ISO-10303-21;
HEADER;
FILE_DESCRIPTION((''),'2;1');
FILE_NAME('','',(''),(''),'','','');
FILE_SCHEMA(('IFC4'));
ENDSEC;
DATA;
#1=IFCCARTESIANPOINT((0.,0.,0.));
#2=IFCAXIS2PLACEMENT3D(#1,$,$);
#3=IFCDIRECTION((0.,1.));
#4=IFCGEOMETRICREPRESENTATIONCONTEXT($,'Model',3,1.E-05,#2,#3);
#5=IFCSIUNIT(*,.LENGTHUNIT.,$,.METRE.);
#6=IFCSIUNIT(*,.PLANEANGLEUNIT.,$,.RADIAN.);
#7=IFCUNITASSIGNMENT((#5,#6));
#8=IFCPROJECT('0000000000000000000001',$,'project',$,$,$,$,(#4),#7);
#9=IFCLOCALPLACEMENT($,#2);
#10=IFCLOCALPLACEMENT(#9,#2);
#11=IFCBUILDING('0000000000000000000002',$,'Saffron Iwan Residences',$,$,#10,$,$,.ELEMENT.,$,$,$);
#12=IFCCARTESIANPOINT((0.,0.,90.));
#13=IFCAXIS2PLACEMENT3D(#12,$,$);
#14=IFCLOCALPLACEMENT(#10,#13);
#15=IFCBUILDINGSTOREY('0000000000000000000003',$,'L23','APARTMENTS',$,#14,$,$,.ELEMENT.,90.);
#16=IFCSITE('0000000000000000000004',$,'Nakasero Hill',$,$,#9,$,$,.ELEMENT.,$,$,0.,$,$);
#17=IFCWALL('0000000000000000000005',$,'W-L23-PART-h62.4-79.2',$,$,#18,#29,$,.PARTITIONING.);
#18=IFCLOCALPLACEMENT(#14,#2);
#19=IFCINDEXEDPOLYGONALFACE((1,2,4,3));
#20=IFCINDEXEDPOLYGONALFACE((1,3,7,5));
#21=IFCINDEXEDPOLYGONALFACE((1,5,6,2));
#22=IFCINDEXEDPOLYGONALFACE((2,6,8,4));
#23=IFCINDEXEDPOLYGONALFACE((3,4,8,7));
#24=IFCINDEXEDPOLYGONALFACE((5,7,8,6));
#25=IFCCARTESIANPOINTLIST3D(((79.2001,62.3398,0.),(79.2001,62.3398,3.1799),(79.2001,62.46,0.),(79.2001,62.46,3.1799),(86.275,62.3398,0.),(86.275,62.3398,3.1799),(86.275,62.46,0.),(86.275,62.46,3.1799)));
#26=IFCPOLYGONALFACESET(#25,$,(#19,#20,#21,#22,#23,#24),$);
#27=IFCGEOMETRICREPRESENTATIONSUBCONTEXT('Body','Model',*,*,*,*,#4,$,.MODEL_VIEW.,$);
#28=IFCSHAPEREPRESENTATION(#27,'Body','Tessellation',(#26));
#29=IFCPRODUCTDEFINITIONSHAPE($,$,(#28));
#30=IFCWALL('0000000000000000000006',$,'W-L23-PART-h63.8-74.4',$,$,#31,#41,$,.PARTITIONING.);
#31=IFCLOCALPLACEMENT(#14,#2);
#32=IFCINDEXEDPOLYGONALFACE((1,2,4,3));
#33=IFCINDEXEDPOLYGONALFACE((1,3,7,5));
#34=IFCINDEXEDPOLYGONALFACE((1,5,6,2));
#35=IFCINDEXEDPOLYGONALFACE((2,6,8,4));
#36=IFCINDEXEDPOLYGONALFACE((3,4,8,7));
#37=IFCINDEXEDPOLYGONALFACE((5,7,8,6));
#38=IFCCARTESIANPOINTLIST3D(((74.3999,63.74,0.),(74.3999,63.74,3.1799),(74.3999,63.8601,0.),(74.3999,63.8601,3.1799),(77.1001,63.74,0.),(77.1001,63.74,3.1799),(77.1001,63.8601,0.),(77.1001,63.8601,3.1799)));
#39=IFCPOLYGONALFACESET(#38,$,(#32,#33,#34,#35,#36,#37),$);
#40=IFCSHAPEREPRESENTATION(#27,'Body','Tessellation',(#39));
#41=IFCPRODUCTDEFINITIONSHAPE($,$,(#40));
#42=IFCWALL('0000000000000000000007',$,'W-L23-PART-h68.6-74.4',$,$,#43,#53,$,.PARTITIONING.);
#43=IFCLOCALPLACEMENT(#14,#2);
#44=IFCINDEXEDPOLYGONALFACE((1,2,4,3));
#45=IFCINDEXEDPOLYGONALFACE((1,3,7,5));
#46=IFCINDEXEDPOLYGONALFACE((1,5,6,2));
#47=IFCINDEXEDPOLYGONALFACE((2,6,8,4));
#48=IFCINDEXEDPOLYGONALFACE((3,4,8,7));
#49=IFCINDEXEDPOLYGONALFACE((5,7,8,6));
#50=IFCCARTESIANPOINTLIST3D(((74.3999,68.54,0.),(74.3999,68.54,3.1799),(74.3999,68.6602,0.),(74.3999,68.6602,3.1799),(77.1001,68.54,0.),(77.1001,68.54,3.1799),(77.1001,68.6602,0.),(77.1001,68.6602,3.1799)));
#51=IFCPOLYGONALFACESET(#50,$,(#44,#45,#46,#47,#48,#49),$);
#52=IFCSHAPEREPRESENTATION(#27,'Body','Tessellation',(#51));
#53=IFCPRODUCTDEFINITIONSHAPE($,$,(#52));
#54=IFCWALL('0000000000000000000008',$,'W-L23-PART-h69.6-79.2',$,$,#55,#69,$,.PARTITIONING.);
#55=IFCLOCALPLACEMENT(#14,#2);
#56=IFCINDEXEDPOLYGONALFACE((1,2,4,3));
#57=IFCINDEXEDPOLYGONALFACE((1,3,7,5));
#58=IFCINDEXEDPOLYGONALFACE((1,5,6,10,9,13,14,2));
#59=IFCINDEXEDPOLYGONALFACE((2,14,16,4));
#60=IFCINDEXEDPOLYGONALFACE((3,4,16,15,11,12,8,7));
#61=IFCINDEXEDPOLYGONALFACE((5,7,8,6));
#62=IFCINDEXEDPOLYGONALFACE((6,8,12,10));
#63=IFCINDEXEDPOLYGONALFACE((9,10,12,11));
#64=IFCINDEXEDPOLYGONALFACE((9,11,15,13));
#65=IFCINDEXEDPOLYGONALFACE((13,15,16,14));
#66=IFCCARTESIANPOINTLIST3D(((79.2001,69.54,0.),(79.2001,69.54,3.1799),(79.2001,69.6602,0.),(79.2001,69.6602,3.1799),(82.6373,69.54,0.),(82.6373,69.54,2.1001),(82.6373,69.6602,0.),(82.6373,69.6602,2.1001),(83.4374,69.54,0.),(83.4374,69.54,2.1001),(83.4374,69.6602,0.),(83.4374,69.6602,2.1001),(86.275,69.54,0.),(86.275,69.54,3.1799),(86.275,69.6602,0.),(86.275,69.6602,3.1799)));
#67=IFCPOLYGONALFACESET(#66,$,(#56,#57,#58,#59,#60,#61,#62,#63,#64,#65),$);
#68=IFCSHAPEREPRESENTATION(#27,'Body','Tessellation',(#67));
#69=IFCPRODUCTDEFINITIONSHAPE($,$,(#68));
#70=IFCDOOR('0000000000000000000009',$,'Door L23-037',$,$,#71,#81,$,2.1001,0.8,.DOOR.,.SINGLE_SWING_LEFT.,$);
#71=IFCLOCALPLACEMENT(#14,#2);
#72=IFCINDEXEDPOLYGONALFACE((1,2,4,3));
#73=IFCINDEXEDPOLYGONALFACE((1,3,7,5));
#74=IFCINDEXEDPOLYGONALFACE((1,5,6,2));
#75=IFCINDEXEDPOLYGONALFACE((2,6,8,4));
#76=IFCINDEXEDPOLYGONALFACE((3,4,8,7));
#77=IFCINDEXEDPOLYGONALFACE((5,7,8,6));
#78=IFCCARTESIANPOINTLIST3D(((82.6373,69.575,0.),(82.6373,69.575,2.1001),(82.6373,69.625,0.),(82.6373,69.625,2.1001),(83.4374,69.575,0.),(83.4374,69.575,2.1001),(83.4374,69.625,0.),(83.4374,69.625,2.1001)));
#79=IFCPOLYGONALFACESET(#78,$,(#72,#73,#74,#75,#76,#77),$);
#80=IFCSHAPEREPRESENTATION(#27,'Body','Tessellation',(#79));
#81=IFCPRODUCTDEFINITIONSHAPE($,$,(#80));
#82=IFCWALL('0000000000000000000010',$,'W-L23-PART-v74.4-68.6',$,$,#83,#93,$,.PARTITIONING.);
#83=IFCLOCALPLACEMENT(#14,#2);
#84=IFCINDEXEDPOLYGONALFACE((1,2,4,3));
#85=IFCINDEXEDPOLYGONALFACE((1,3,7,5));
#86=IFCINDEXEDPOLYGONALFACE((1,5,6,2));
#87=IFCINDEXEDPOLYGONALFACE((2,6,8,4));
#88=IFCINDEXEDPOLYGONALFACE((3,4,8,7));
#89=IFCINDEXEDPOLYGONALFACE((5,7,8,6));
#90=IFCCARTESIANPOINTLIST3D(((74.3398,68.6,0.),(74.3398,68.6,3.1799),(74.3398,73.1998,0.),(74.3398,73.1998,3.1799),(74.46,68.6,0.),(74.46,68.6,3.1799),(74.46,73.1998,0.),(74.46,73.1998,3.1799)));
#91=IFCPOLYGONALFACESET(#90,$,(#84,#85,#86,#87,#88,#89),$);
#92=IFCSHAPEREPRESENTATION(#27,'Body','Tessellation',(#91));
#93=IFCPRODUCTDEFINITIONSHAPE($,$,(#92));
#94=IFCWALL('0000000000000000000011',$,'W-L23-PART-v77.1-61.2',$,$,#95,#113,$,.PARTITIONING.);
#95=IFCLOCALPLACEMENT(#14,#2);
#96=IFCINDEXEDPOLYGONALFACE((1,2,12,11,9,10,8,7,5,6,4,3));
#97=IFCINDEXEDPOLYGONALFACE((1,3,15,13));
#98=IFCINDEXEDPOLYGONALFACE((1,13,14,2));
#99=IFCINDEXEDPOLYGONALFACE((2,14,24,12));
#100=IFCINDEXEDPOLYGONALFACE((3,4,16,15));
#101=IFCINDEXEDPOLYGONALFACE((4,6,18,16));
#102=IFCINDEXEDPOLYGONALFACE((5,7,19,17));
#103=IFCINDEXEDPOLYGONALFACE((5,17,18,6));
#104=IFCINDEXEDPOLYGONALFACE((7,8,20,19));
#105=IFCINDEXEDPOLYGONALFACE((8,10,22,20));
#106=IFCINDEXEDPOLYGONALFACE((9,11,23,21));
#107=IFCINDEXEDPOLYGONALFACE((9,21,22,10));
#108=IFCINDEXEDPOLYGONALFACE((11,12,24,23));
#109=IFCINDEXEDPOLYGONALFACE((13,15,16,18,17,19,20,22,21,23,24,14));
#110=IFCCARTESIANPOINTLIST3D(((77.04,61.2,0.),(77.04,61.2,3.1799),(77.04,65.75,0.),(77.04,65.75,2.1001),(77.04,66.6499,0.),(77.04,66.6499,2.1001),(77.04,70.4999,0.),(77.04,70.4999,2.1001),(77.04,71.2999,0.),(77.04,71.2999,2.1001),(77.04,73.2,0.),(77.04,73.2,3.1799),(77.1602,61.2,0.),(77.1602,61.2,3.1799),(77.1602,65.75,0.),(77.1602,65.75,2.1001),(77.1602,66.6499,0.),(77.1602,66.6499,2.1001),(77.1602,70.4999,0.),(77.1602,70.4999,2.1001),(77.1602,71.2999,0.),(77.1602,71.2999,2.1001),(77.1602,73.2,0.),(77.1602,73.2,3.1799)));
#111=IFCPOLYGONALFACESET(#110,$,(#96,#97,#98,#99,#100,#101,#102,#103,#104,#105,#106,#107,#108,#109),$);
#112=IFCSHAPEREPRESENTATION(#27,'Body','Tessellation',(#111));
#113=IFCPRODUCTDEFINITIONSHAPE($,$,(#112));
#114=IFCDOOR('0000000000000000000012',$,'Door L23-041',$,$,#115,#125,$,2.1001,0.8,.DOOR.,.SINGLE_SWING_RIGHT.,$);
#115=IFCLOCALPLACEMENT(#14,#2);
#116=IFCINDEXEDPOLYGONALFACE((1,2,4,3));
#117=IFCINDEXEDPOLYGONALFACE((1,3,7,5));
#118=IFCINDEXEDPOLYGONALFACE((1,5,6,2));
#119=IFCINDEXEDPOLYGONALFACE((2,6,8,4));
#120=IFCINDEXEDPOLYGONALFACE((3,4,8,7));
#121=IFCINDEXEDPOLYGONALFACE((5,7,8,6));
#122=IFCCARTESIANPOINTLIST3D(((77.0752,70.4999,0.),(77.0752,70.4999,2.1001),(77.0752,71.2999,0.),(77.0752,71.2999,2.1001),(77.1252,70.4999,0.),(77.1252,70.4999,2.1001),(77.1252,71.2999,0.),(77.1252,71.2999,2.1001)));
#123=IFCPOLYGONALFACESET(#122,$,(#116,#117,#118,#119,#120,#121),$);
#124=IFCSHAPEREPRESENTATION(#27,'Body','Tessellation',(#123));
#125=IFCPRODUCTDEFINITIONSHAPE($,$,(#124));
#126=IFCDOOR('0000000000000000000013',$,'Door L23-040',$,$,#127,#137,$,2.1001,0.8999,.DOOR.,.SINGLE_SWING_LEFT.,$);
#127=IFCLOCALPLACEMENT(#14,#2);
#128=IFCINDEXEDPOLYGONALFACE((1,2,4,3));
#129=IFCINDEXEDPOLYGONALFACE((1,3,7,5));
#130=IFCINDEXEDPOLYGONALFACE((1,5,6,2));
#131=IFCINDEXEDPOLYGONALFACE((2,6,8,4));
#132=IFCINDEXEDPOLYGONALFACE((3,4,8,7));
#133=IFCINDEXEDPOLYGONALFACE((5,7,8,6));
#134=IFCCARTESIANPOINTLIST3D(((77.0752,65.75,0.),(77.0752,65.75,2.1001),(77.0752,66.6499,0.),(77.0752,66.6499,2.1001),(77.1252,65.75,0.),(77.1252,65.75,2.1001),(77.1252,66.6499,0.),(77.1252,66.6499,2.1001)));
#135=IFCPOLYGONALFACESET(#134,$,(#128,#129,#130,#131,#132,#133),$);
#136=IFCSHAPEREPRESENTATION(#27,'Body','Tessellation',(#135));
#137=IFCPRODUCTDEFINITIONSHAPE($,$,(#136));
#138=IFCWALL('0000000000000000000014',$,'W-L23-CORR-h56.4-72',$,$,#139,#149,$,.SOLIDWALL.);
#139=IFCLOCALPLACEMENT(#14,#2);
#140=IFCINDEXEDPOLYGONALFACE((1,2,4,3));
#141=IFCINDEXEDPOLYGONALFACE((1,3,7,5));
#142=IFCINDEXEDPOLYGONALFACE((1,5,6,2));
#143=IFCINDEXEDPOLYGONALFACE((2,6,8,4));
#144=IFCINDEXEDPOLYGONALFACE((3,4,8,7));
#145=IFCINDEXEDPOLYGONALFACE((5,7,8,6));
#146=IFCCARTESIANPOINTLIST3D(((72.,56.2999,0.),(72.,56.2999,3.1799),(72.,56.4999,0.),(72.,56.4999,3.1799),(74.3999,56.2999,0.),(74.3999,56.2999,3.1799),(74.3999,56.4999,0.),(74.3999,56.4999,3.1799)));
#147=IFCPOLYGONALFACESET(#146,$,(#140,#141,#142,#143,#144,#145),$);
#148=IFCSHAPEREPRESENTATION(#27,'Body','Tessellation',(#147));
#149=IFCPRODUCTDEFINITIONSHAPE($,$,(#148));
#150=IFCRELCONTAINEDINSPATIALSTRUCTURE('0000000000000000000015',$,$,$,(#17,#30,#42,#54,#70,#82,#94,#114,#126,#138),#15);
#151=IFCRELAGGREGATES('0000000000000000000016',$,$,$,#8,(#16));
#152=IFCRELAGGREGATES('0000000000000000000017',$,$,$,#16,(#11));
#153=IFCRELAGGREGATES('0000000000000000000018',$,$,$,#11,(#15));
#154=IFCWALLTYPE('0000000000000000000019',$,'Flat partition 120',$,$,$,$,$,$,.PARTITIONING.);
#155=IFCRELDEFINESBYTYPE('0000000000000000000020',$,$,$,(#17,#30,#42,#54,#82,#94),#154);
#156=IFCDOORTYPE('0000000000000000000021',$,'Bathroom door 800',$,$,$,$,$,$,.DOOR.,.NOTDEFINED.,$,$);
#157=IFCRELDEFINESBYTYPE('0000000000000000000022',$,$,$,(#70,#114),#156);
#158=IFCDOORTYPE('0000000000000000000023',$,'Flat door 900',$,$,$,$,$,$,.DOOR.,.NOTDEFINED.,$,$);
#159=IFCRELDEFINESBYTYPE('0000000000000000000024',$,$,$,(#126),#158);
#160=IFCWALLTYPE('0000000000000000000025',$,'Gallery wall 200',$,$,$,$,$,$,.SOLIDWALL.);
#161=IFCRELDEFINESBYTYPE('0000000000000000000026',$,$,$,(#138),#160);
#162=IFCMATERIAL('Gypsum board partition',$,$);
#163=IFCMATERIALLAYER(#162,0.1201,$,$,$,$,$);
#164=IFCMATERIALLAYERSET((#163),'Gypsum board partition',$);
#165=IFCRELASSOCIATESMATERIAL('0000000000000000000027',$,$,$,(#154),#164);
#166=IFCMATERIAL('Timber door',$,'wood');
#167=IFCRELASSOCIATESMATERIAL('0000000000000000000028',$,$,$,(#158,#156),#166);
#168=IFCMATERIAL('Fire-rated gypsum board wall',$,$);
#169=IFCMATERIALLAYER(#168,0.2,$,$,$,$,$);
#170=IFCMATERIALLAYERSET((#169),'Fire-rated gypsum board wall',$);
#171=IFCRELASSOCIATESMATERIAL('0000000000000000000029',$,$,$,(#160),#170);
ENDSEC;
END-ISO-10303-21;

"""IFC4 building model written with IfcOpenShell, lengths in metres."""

from ifc_helpers import new_model, si_unit, direction, frame, frame_2d, origin, place, context, subcontext, project, spatial, rectangle, extrude, material, layer, layer_set, type_object, element, fill, save


model = new_model("IFC4")

# Units and contexts
model_context = context("Model", 3, precision=1e-05, world=origin(), true_north=direction((0.0, 1.0)))
body_context = subcontext(model_context, "Body", "Model", "MODEL_VIEW")
ifc_project = project(units=[si_unit("LENGTHUNIT", "METRE"), si_unit("PLANEANGLEUNIT", "RADIAN")], contexts=[model_context])

# Site, building, storey
site_placement = place(None, origin())
site = spatial("IfcSite", under=ifc_project, at=site_placement, Name="Nakasero Hill", CompositionType="ELEMENT", RefElevation=0.0)
building_placement = place(site_placement, origin())
building = spatial("IfcBuilding", under=site, at=building_placement, Name="Saffron Iwan Residences", CompositionType="ELEMENT")
storey_placement = place(building_placement, frame((0.0, 0.0, 90.0)))
storey = spatial("IfcBuildingStorey", under=building, at=storey_placement, Name="L23", Description="APARTMENTS", CompositionType="ELEMENT", Elevation=90.0)

# Shared definitions
ifc_material_1 = material(Name="Fire-rated gypsum board wall")
ifc_material_2 = material(Name="Gypsum board partition")
ifc_layer_1 = layer(ifc_material_2, 0.1201)
ifc_layer_set_1 = layer_set([ifc_layer_1], Name="Gypsum board partition")
wall_type_1 = type_object("IfcWallType", Name="Flat partition 120", PredefinedType="PARTITIONING", material=ifc_layer_set_1)

# Shared definitions
ifc_material_3 = material(Name="Timber door", Category="wood")
door_type_1 = type_object("IfcDoorType", Name="Flat door 900", OperationType="NOTDEFINED", PredefinedType="DOOR", material=ifc_material_3)

# Walls
wall_1_placement = place(storey_placement, frame((79.2, 62.3999, 0.0), z_axis=(0.0, 0.0, 1.0), x_axis=(1.0, 0.0, 0.0)))
element("IfcWall", 1, at=wall_1_placement, inside=storey, type_object=wall_type_1, Name="W-L23-PART-h62.4-79.2", PredefinedType="PARTITIONING", context=body_context, shape_type="SweptSolid", body=[
    extrude(rectangle(XDim=7.075, YDim=0.1201, at=frame_2d((3.5376, 0.0))), origin(), (0.0, 0.0, 1.0), 3.1799),
])
for number, where, z_axis, x_axis, name in (
    (2, (74.3999, 63.8, 0.0), (0.0, 0.0, 1.0), (1.0, 0.0, 0.0), "W-L23-PART-h63.8-74.4"),
    (3, (74.3999, 68.6001, 0.0), (0.0, 0.0, 1.0), (1.0, 0.0, 0.0), "W-L23-PART-h68.6-74.4"),
):
    element("IfcWall", number, at=place(storey_placement, frame(where, z_axis=z_axis, x_axis=x_axis)), inside=storey, type_object=wall_type_1, Name=name, PredefinedType="PARTITIONING", context=body_context, shape_type="SweptSolid", body=[
        extrude(rectangle(XDim=2.7002, YDim=0.1201, at=frame_2d((1.3501, 0.0))), origin(), (0.0, 0.0, 1.0), 3.1799),
    ])

# Wall, opening, door
wall_2_placement = place(storey_placement, frame((79.2, 69.6001, 0.0), z_axis=(0.0, 0.0, 1.0), x_axis=(1.0, 0.0, 0.0)))
wall_2 = element("IfcWall", 4, at=wall_2_placement, inside=storey, type_object=wall_type_1, Name="W-L23-PART-h69.6-79.2", PredefinedType="PARTITIONING", context=body_context, shape_type="SweptSolid", body=[
    extrude(rectangle(XDim=7.075, YDim=0.1201, at=frame_2d((3.5376, 0.0))), origin(), (0.0, 0.0, 1.0), 3.1799),
])
opening_1_placement = place(wall_2_placement, frame((3.4375, 0.0, 0.0)))
opening_1 = element("IfcOpeningElement", 5, at=opening_1_placement, cuts=wall_2, PredefinedType="OPENING", context=body_context, shape_type="SweptSolid", body=[
    extrude(rectangle(XDim=0.8, YDim=2.1001, at=frame_2d((0.3999, 1.05))), frame((0.0, 0.0701, 0.0), z_axis=(0.0, -1.0, 0.0), x_axis=(1.0, 0.0, 0.0)), (0.0, 0.0, 1.0), 0.1401),
])
door_type_2 = type_object("IfcDoorType", Name="Bathroom door 800", OperationType="NOTDEFINED", PredefinedType="DOOR", material=ifc_material_3)
door_1_placement = place(opening_1_placement, origin())
door_1 = element("IfcDoor", 6, at=door_1_placement, inside=storey, type_object=door_type_2, Name="Door L23-037", OperationType="SINGLE_SWING_LEFT", OverallHeight=2.1001, OverallWidth=0.8, PredefinedType="DOOR", context=body_context, shape_type="SweptSolid", body=[
    extrude(rectangle(XDim=0.8, YDim=2.1001, at=frame_2d((0.3999, 1.05))), frame((0.0, 0.0249, 0.0), z_axis=(0.0, -1.0, 0.0), x_axis=(1.0, 0.0, 0.0)), (0.0, 0.0, 1.0), 0.05),
])
fill(opening_1, door_1)

# Wall
wall_3_placement = place(storey_placement, frame((74.3999, 68.6001, 0.0), z_axis=(0.0, 0.0, 1.0), x_axis=(0.0, 1.0, 0.0)))
element("IfcWall", 7, at=wall_3_placement, inside=storey, type_object=wall_type_1, Name="W-L23-PART-v74.4-68.6", PredefinedType="PARTITIONING", context=body_context, shape_type="SweptSolid", body=[
    extrude(rectangle(XDim=4.5999, YDim=0.1201, at=frame_2d((2.2998, 0.0))), origin(), (0.0, 0.0, 1.0), 3.1799),
])

# Wall, openings, doors
wall_4_placement = place(storey_placement, frame((77.1001, 61.2, 0.0), z_axis=(0.0, 0.0, 1.0), x_axis=(0.0, 1.0, 0.0)))
wall_4 = element("IfcWall", 8, at=wall_4_placement, inside=storey, type_object=wall_type_1, Name="W-L23-PART-v77.1-61.2", PredefinedType="PARTITIONING", context=body_context, shape_type="SweptSolid", body=[
    extrude(rectangle(XDim=12.0, YDim=0.1201, at=frame_2d((6.0, 0.0))), origin(), (0.0, 0.0, 1.0), 3.1799),
])
opening_2_placement = place(wall_4_placement, frame((4.55, 0.0, 0.0)))
opening_2 = element("IfcOpeningElement", 9, at=opening_2_placement, cuts=wall_4, PredefinedType="OPENING", context=body_context, shape_type="SweptSolid", body=[
    extrude(rectangle(XDim=0.8999, YDim=2.1001, at=frame_2d((0.45, 1.05))), frame((0.0, 0.0701, 0.0), z_axis=(0.0, -1.0, 0.0), x_axis=(1.0, 0.0, 0.0)), (0.0, 0.0, 1.0), 0.1401),
])
opening_3_placement = place(wall_4_placement, frame((9.3, 0.0, 0.0)))
opening_3 = element("IfcOpeningElement", 10, at=opening_3_placement, cuts=wall_4, PredefinedType="OPENING", context=body_context, shape_type="SweptSolid", body=[
    extrude(rectangle(XDim=0.8, YDim=2.1001, at=frame_2d((0.3999, 1.05))), frame((0.0, 0.0701, 0.0), z_axis=(0.0, -1.0, 0.0), x_axis=(1.0, 0.0, 0.0)), (0.0, 0.0, 1.0), 0.1401),
])
door_2_placement = place(opening_3_placement, origin())
door_2 = element("IfcDoor", 11, at=door_2_placement, inside=storey, type_object=door_type_2, Name="Door L23-041", OperationType="SINGLE_SWING_RIGHT", OverallHeight=2.1001, OverallWidth=0.8, PredefinedType="DOOR", context=body_context, shape_type="SweptSolid", body=[
    extrude(rectangle(XDim=0.8, YDim=2.1001, at=frame_2d((0.3999, 1.05))), frame((0.0, 0.0249, 0.0), z_axis=(0.0, -1.0, 0.0), x_axis=(1.0, 0.0, 0.0)), (0.0, 0.0, 1.0), 0.05),
])
fill(opening_3, door_2)
door_3_placement = place(opening_2_placement, origin())
door_3 = element("IfcDoor", 12, at=door_3_placement, inside=storey, type_object=door_type_1, Name="Door L23-040", OperationType="SINGLE_SWING_LEFT", OverallHeight=2.1001, OverallWidth=0.8999, PredefinedType="DOOR", context=body_context, shape_type="SweptSolid", body=[
    extrude(rectangle(XDim=0.8999, YDim=2.1001, at=frame_2d((0.45, 1.05))), frame((0.0, 0.0249, 0.0), z_axis=(0.0, -1.0, 0.0), x_axis=(1.0, 0.0, 0.0)), (0.0, 0.0, 1.0), 0.05),
])
fill(opening_2, door_3)

# Wall
ifc_layer_2 = layer(ifc_material_1, 0.2)
ifc_layer_set_2 = layer_set([ifc_layer_2], Name="Fire-rated gypsum board wall")
wall_type_2 = type_object("IfcWallType", Name="Gallery wall 200", PredefinedType="SOLIDWALL", material=ifc_layer_set_2)
wall_5_placement = place(storey_placement, frame((72.0, 56.3999, 0.0), z_axis=(0.0, 0.0, 1.0), x_axis=(1.0, 0.0, 0.0)))
element("IfcWall", 13, at=wall_5_placement, inside=storey, type_object=wall_type_2, Name="W-L23-CORR-h56.4-72", PredefinedType="SOLIDWALL", context=body_context, shape_type="SweptSolid", body=[
    extrude(rectangle(XDim=2.3999, YDim=0.2, at=frame_2d((1.2, 0.0))), origin(), (0.0, 0.0, 1.0), 3.1799),
])

save(model, "model.ifc")
